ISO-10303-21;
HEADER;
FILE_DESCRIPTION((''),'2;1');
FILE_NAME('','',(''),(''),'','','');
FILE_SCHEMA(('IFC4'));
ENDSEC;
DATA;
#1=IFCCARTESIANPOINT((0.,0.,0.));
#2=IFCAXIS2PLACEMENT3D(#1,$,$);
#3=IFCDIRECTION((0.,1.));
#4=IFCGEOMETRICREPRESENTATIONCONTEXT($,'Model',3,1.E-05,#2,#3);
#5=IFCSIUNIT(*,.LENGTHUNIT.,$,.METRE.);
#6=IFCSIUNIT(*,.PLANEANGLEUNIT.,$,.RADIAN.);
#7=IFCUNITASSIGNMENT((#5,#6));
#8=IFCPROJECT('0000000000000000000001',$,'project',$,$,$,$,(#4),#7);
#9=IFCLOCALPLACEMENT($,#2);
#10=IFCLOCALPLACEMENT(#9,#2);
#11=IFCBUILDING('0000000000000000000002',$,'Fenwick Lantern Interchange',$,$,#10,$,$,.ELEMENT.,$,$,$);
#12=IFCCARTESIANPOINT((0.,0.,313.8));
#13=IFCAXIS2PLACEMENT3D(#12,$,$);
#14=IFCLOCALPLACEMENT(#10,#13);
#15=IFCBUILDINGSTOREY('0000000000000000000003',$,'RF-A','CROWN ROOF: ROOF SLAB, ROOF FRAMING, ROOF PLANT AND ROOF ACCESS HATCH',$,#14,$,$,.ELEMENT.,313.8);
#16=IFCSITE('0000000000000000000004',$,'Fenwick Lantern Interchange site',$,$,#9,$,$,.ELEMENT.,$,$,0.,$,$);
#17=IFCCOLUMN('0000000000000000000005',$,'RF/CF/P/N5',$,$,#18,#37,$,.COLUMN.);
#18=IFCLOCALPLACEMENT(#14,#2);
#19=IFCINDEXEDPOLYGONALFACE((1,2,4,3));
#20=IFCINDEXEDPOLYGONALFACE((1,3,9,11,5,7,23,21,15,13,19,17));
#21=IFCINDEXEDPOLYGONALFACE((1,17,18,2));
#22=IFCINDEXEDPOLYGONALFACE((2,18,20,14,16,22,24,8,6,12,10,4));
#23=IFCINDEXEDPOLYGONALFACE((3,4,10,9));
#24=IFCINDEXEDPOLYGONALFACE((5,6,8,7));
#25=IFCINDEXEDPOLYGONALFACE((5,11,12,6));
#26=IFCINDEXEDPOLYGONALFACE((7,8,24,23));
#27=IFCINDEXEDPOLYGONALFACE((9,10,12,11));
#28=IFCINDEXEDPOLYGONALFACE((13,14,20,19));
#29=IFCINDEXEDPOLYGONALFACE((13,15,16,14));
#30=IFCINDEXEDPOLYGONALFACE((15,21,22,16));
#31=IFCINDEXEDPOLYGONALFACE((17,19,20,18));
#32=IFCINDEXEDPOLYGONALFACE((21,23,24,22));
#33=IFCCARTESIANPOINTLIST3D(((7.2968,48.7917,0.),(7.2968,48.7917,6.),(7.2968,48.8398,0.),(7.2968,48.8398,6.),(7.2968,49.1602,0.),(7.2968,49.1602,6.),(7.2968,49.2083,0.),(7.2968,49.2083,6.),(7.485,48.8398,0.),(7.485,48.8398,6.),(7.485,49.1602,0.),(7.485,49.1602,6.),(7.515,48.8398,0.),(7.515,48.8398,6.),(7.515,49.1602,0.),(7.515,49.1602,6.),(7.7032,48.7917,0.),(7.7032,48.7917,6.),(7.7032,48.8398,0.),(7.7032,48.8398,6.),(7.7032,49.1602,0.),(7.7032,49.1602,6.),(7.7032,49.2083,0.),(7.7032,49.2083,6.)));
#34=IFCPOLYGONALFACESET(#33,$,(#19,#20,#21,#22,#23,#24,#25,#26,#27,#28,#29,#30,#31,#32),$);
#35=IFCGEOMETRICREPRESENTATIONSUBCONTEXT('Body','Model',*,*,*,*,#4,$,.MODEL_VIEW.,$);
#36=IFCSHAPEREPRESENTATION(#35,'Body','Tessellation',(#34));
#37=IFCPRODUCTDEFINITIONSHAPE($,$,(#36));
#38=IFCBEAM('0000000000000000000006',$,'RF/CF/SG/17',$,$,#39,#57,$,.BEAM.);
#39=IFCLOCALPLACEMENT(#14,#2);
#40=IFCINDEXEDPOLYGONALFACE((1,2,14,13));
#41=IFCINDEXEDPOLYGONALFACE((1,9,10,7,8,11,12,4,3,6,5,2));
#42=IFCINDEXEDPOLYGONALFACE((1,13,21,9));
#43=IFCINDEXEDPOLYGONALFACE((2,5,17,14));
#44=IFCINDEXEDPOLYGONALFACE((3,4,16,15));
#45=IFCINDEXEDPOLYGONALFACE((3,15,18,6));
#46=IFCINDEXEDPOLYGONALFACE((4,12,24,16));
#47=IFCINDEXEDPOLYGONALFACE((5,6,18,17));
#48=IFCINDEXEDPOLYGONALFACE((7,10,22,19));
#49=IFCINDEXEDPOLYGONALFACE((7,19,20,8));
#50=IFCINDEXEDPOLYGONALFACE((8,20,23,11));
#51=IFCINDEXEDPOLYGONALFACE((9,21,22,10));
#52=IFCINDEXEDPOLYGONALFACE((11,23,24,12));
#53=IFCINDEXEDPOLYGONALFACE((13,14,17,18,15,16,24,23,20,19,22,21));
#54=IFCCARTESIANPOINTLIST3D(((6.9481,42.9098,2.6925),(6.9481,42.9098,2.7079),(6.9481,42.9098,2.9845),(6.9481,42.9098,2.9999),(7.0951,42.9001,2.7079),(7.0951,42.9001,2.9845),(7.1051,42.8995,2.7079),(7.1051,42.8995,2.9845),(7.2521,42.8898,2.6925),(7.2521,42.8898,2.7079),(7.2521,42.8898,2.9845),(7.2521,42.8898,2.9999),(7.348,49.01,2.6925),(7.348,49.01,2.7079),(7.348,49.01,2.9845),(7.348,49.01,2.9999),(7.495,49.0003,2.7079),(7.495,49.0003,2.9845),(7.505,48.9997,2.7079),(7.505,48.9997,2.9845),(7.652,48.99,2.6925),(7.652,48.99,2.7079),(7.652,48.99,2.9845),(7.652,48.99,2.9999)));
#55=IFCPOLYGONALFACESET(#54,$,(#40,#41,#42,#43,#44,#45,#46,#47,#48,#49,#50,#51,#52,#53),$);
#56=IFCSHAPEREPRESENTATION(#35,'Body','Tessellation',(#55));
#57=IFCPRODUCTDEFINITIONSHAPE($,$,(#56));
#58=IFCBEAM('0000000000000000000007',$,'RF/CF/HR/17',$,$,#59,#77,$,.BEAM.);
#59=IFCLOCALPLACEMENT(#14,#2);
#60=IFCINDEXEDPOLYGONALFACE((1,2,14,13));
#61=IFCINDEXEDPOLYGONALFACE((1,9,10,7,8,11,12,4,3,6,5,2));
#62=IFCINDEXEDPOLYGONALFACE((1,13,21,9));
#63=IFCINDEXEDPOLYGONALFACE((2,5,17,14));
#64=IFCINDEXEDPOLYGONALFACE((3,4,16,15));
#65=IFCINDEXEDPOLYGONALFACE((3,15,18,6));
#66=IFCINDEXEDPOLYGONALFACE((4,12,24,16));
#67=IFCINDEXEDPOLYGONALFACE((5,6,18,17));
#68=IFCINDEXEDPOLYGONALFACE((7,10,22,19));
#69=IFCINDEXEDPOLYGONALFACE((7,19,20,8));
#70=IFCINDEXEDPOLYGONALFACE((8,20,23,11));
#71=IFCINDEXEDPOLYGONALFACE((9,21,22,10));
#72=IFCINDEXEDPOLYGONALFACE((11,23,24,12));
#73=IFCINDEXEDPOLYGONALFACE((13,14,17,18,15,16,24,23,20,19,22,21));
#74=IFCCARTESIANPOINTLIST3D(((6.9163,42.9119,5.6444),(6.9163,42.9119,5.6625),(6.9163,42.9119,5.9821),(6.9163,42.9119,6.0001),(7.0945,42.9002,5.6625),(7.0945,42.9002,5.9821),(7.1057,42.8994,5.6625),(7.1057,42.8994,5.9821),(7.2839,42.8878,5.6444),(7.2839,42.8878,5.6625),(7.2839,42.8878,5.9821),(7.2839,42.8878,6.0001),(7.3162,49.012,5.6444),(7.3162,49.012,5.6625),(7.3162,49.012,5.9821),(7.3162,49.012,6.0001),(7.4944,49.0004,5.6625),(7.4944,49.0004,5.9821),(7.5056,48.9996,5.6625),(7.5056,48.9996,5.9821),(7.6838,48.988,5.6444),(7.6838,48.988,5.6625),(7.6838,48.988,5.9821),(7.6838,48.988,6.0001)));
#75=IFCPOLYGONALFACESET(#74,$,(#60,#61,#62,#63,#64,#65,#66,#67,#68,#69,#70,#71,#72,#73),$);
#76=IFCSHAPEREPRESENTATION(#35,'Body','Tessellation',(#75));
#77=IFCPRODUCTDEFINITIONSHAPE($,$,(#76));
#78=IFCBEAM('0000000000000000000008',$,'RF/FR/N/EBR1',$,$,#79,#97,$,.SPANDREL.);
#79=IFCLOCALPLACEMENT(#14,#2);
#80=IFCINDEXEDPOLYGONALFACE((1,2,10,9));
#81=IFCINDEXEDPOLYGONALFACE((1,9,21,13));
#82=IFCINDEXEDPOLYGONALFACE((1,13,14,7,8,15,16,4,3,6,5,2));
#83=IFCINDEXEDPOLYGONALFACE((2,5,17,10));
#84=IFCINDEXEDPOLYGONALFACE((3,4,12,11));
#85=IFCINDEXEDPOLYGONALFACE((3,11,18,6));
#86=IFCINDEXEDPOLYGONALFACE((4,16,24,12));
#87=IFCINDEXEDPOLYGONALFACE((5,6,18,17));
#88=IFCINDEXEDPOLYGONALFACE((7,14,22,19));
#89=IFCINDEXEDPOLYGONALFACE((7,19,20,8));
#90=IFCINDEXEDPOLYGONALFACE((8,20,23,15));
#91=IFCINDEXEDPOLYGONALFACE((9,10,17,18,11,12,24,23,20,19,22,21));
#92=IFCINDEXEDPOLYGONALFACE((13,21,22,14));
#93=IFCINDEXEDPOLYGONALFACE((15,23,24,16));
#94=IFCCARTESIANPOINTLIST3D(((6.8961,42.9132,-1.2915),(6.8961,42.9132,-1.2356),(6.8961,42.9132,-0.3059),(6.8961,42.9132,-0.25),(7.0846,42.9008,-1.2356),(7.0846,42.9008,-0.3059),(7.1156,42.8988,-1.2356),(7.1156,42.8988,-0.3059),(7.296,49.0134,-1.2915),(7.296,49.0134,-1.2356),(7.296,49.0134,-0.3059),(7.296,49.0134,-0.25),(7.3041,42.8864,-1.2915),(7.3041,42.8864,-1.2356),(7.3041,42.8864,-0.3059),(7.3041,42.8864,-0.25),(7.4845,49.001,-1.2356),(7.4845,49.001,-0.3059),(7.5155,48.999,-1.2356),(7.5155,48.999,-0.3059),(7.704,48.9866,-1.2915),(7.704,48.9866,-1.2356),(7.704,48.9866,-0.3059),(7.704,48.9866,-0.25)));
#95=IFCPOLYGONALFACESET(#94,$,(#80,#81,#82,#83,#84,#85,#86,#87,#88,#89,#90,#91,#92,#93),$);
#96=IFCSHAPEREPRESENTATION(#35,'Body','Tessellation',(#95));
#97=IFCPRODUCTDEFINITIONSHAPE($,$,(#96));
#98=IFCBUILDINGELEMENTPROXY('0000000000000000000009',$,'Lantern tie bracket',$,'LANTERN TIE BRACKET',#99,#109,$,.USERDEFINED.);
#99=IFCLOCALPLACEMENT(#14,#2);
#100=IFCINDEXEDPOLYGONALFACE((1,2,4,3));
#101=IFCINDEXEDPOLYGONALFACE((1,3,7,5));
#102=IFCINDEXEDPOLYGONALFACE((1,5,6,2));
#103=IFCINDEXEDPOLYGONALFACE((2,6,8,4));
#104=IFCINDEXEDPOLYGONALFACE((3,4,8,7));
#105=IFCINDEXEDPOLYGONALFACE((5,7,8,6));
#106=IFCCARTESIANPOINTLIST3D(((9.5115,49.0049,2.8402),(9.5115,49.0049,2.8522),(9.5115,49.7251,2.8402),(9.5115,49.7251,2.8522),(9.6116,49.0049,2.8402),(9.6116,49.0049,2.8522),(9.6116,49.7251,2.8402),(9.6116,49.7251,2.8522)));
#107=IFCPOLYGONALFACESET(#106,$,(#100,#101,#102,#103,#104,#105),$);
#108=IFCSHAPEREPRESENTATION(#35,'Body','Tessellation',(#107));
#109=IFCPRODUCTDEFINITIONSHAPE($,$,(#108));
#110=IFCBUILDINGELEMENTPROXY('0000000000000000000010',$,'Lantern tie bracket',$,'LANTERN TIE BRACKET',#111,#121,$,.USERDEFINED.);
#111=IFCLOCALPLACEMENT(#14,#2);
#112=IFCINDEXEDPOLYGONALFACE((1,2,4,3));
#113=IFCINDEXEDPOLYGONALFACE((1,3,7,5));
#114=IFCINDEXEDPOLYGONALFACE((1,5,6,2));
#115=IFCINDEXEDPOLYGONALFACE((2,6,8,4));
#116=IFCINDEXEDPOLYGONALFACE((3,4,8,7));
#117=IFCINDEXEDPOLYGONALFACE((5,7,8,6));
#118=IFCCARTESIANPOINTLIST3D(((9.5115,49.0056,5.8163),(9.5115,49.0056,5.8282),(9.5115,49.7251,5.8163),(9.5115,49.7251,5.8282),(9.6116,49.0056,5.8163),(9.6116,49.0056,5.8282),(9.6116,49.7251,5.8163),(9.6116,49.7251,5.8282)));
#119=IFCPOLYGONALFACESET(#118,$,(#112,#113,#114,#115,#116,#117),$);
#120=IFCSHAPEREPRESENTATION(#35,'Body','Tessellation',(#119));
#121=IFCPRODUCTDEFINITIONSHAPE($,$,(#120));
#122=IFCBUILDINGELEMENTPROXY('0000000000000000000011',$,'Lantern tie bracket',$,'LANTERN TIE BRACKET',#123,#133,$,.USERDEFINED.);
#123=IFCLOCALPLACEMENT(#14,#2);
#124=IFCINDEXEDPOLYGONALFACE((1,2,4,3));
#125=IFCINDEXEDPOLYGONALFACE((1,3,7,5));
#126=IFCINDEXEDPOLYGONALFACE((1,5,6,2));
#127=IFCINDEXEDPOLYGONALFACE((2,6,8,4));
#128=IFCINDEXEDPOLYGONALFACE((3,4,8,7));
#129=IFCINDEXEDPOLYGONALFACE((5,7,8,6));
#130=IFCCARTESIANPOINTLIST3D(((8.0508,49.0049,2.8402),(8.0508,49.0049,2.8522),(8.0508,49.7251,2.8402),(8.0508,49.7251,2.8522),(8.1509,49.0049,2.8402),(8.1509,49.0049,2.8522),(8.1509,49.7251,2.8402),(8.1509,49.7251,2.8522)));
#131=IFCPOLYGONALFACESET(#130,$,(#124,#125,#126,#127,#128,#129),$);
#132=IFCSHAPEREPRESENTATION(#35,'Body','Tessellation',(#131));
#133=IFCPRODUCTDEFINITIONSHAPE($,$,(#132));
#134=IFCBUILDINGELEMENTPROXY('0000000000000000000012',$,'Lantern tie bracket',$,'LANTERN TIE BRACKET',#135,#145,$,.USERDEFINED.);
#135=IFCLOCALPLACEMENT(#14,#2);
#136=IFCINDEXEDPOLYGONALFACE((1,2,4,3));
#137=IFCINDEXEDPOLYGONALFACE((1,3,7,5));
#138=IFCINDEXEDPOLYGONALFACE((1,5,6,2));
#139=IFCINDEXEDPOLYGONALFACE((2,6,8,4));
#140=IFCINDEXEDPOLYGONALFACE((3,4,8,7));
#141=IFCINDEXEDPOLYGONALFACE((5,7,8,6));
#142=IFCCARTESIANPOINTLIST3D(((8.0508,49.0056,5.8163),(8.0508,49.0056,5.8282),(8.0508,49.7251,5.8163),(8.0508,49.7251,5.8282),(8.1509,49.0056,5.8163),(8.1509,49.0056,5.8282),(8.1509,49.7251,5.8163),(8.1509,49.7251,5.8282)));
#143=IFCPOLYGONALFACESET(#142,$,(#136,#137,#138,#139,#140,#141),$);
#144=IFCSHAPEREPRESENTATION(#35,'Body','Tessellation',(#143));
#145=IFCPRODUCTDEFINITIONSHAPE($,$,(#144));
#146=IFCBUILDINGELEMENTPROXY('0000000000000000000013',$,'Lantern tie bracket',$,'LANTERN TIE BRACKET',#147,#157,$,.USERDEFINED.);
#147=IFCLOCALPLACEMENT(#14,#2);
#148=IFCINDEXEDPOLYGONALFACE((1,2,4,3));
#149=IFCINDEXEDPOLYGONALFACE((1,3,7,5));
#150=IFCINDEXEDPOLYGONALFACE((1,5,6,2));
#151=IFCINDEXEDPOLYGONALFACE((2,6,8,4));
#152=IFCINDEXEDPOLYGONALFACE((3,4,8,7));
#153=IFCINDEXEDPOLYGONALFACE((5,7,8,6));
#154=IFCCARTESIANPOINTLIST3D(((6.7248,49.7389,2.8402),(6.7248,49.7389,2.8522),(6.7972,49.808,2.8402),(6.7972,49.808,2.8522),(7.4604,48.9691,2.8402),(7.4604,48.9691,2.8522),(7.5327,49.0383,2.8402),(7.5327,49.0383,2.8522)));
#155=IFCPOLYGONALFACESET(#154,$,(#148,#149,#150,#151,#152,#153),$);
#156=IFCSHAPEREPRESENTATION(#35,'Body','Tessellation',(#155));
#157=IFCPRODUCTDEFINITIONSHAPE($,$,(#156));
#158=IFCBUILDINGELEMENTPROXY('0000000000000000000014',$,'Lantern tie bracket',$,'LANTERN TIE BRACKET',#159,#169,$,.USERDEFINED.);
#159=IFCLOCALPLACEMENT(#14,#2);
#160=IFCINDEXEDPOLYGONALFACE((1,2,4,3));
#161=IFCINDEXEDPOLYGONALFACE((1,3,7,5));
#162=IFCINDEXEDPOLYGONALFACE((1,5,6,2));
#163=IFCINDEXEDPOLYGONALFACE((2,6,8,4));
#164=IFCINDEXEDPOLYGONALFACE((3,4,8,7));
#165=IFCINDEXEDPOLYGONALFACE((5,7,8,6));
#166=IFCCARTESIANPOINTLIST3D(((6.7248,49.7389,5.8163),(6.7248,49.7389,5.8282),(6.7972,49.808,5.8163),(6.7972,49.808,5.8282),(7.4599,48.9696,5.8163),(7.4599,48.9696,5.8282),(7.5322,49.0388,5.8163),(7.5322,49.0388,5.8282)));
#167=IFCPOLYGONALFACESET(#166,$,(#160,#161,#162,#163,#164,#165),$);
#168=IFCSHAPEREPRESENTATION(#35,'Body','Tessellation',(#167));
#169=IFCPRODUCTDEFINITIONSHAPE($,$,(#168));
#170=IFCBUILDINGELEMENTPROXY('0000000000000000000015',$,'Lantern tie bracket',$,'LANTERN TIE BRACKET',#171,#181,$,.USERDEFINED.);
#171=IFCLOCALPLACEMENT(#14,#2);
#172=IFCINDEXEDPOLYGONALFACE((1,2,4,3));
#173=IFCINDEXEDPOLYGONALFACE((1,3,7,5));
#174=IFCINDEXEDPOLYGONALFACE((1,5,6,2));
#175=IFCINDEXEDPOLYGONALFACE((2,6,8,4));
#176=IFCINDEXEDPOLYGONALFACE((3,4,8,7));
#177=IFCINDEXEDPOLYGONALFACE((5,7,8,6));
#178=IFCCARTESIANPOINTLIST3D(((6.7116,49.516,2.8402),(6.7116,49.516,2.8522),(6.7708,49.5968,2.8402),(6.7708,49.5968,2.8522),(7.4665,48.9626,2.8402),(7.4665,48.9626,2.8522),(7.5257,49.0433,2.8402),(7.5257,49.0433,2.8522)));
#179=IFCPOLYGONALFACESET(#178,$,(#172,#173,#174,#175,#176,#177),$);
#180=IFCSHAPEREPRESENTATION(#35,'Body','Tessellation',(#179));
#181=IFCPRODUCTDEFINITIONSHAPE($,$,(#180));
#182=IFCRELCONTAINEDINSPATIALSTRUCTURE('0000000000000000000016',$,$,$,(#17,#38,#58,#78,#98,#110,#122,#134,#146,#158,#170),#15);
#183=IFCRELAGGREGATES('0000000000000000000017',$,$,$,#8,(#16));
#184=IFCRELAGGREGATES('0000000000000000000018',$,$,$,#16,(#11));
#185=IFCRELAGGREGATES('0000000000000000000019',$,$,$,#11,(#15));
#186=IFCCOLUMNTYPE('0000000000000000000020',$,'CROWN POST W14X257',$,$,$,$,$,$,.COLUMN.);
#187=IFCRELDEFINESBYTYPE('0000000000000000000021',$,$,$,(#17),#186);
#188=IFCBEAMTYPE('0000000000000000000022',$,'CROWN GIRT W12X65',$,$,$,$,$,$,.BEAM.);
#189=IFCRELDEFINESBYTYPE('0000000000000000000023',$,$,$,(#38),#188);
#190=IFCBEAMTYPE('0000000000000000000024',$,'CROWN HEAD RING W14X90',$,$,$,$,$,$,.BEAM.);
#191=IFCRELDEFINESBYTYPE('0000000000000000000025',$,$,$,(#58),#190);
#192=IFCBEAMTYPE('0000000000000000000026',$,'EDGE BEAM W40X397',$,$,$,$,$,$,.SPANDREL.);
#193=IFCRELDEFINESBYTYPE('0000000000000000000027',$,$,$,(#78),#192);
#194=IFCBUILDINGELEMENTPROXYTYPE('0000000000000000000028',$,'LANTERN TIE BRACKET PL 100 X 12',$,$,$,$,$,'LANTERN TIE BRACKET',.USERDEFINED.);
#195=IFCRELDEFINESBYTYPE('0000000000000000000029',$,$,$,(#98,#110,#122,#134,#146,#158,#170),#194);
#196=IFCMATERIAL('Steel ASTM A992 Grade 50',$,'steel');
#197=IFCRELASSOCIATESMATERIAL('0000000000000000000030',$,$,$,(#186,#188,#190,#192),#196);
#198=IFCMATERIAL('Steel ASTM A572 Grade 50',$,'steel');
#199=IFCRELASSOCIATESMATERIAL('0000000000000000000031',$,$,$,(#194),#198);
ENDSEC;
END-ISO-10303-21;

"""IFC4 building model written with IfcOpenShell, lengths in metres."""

from ifc_helpers import new_model, si_unit, direction, frame, origin, origin_2d, place, context, subcontext, project, spatial, rectangle, i_section, extrude, material, material_profile, profile_set, type_object, element, save


model = new_model("IFC4")

# Units and contexts
model_context = context("Model", 3, precision=1e-05, world=origin(), true_north=direction((0.0, 1.0)))
body_context = subcontext(model_context, "Body", "Model", "MODEL_VIEW")
ifc_project = project(units=[si_unit("LENGTHUNIT", "METRE"), si_unit("PLANEANGLEUNIT", "RADIAN")], contexts=[model_context])

# Site, building, storey
site_placement = place(None, origin())
site = spatial("IfcSite", under=ifc_project, at=site_placement, Name="Fenwick Lantern Interchange site", CompositionType="ELEMENT", RefElevation=0.0)
building_placement = place(site_placement, origin())
building = spatial("IfcBuilding", under=site, at=building_placement, Name="Fenwick Lantern Interchange", CompositionType="ELEMENT")
storey_placement = place(building_placement, frame((0.0, 0.0, 313.8)))
storey = spatial("IfcBuildingStorey", under=building, at=storey_placement, Name="RF-A", Description="CROWN ROOF: ROOF SLAB, ROOF FRAMING, ROOF PLANT AND ROOF ACCESS HATCH", CompositionType="ELEMENT", Elevation=313.8)

# Column
ifc_material_1 = material(Name="Steel ASTM A992 Grade 50", Category="steel")
ifc_material_profile_1 = material_profile(ifc_material_1, i_section(OverallWidth=0.4065, OverallDepth=0.4165, WebThickness=0.03, FlangeThickness=0.0481, at=origin_2d()), Name="W14X257")
ifc_profile_set_1 = profile_set([ifc_material_profile_1], Name="Steel ASTM A992 Grade 50")
column_type = type_object("IfcColumnType", Name="CROWN POST W14X257", PredefinedType="COLUMN", material=ifc_profile_set_1)
column_placement = place(storey_placement, frame((7.5, 49.0, 0.0), z_axis=(0.0, 0.0, 1.0), x_axis=(1.0, 0.0, 0.0)))
element("IfcColumn", 1, at=column_placement, inside=storey, type_object=column_type, Name="RF/CF/P/N5", PredefinedType="COLUMN", context=body_context, shape_type="SweptSolid", body=[
    extrude(i_section(OverallWidth=0.4065, OverallDepth=0.4165, WebThickness=0.03, FlangeThickness=0.0481, at=origin_2d()), origin(), (0.0, 0.0, 1.0), 6.0),
])

# Beams
ifc_material_profile_2 = material_profile(ifc_material_1, i_section(OverallWidth=0.3047, OverallDepth=0.3074, WebThickness=0.01, FlangeThickness=0.0154, at=origin_2d()), Name="W12X65")
ifc_profile_set_2 = profile_set([ifc_material_profile_2], Name="Steel ASTM A992 Grade 50")
beam_type_1 = type_object("IfcBeamType", Name="CROWN GIRT W12X65", PredefinedType="BEAM", material=ifc_profile_set_2)
beam_1_placement = place(storey_placement, frame((7.5, 49.0, 2.8462), z_axis=(-0.065416, -0.997858, 0.0), x_axis=(0.997858, -0.065416, 0.0)))
element("IfcBeam", 2, at=beam_1_placement, inside=storey, type_object=beam_type_1, Name="RF/CF/SG/17", PredefinedType="BEAM", context=body_context, shape_type="SweptSolid", body=[
    extrude(i_section(OverallWidth=0.3047, OverallDepth=0.3074, WebThickness=0.01, FlangeThickness=0.0154, at=origin_2d()), origin(), (0.0, 0.0, 1.0), 6.1133),
])
ifc_material_profile_3 = material_profile(ifc_material_1, i_section(OverallWidth=0.3684, OverallDepth=0.3557, WebThickness=0.0112, FlangeThickness=0.0181, at=origin_2d()), Name="W14X90")
ifc_profile_set_3 = profile_set([ifc_material_profile_3], Name="Steel ASTM A992 Grade 50")
beam_type_2 = type_object("IfcBeamType", Name="CROWN HEAD RING W14X90", PredefinedType="BEAM", material=ifc_profile_set_3)
beam_2_placement = place(storey_placement, frame((7.5, 49.0, 5.8223), z_axis=(-0.065416, -0.997858, 0.0), x_axis=(0.997858, -0.065416, 0.0)))
element("IfcBeam", 3, at=beam_2_placement, inside=storey, type_object=beam_type_2, Name="RF/CF/HR/17", PredefinedType="BEAM", context=body_context, shape_type="SweptSolid", body=[
    extrude(i_section(OverallWidth=0.3684, OverallDepth=0.3557, WebThickness=0.0112, FlangeThickness=0.0181, at=origin_2d()), origin(), (0.0, 0.0, 1.0), 6.1133),
])
ifc_material_profile_4 = material_profile(ifc_material_1, i_section(OverallWidth=0.4089, OverallDepth=1.0415, WebThickness=0.031, FlangeThickness=0.0559, at=origin_2d()), Name="W40X397")
ifc_profile_set_4 = profile_set([ifc_material_profile_4], Name="Steel ASTM A992 Grade 50")
beam_type_3 = type_object("IfcBeamType", Name="EDGE BEAM W40X397", PredefinedType="SPANDREL", material=ifc_profile_set_4)
beam_3_placement = place(storey_placement, frame((7.5, 49.0, -0.7708), z_axis=(-0.065416, -0.997858, 0.0), x_axis=(0.997858, -0.065416, 0.0)))
element("IfcBeam", 4, at=beam_3_placement, inside=storey, type_object=beam_type_3, Name="RF/FR/N/EBR1", PredefinedType="SPANDREL", context=body_context, shape_type="SweptSolid", body=[
    extrude(i_section(OverallWidth=0.4089, OverallDepth=1.0415, WebThickness=0.031, FlangeThickness=0.0559, at=origin_2d()), origin(), (0.0, 0.0, 1.0), 6.1133),
])

# Building element proxies
ifc_material_2 = material(Name="Steel ASTM A572 Grade 50", Category="steel")
ifc_material_profile_5 = material_profile(ifc_material_2, rectangle(XDim=0.1001, YDim=0.012, at=origin_2d()), Name="PL100X12")
ifc_profile_set_5 = profile_set([ifc_material_profile_5], Name="Steel ASTM A572 Grade 50")
building_element_proxy_type = type_object("IfcBuildingElementProxyType", Name="LANTERN TIE BRACKET PL 100 X 12", ElementType="LANTERN TIE BRACKET", PredefinedType="USERDEFINED", material=ifc_profile_set_5)
proxy_1_placement = place(storey_placement, frame((9.5615, 49.7251, 2.8462), z_axis=(0.0, -1.0, 0.0), x_axis=(1.0, 0.0, 0.0)))
element("IfcBuildingElementProxy", 5, at=proxy_1_placement, inside=storey, type_object=building_element_proxy_type, Name="Lantern tie bracket", ObjectType="LANTERN TIE BRACKET", PredefinedType="USERDEFINED", context=body_context, shape_type="SweptSolid", body=[
    extrude(rectangle(XDim=0.1001, YDim=0.012, at=origin_2d()), origin(), (0.0, 0.0, 1.0), 0.7202),
])
proxy_2_placement = place(storey_placement, frame((9.5615, 49.7251, 5.8223), z_axis=(0.0, -1.0, 0.0), x_axis=(1.0, 0.0, 0.0)))
element("IfcBuildingElementProxy", 6, at=proxy_2_placement, inside=storey, type_object=building_element_proxy_type, Name="Lantern tie bracket", ObjectType="LANTERN TIE BRACKET", PredefinedType="USERDEFINED", context=body_context, shape_type="SweptSolid", body=[
    extrude(rectangle(XDim=0.1001, YDim=0.012, at=origin_2d()), origin(), (0.0, 0.0, 1.0), 0.7195),
])
proxy_3_placement = place(storey_placement, frame((8.1008, 49.7251, 2.8462), z_axis=(0.0, -1.0, 0.0), x_axis=(1.0, 0.0, 0.0)))
element("IfcBuildingElementProxy", 7, at=proxy_3_placement, inside=storey, type_object=building_element_proxy_type, Name="Lantern tie bracket", ObjectType="LANTERN TIE BRACKET", PredefinedType="USERDEFINED", context=body_context, shape_type="SweptSolid", body=[
    extrude(rectangle(XDim=0.1001, YDim=0.012, at=origin_2d()), origin(), (0.0, 0.0, 1.0), 0.7202),
])
proxy_4_placement = place(storey_placement, frame((8.1008, 49.7251, 5.8223), z_axis=(0.0, -1.0, 0.0), x_axis=(1.0, 0.0, 0.0)))
element("IfcBuildingElementProxy", 8, at=proxy_4_placement, inside=storey, type_object=building_element_proxy_type, Name="Lantern tie bracket", ObjectType="LANTERN TIE BRACKET", PredefinedType="USERDEFINED", context=body_context, shape_type="SweptSolid", body=[
    extrude(rectangle(XDim=0.1001, YDim=0.012, at=origin_2d()), origin(), (0.0, 0.0, 1.0), 0.7195),
])
proxy_5_placement = place(storey_placement, frame((6.761, 49.7734, 2.8462), z_axis=(0.690874, -0.722975, 0.0), x_axis=(0.722975, 0.690874, 0.0)))
element("IfcBuildingElementProxy", 9, at=proxy_5_placement, inside=storey, type_object=building_element_proxy_type, Name="Lantern tie bracket", ObjectType="LANTERN TIE BRACKET", PredefinedType="USERDEFINED", context=body_context, shape_type="SweptSolid", body=[
    extrude(rectangle(XDim=0.1001, YDim=0.012, at=origin_2d()), origin(), (0.0, 0.0, 1.0), 1.0647),
])
proxy_6_placement = place(storey_placement, frame((6.761, 49.7734, 5.8223), z_axis=(0.690863, -0.722986, 0.0), x_axis=(0.722986, 0.690863, 0.0)))
element("IfcBuildingElementProxy", 10, at=proxy_6_placement, inside=storey, type_object=building_element_proxy_type, Name="Lantern tie bracket", ObjectType="LANTERN TIE BRACKET", PredefinedType="USERDEFINED", context=body_context, shape_type="SweptSolid", body=[
    extrude(rectangle(XDim=0.1001, YDim=0.012, at=origin_2d()), origin(), (0.0, 0.0, 1.0), 1.064),
])
proxy_7_placement = place(storey_placement, frame((6.7412, 49.5564, 2.8462), z_axis=(0.806463, -0.591285, 0.0), x_axis=(0.591285, 0.806463, 0.0)))
element("IfcBuildingElementProxy", 11, at=proxy_7_placement, inside=storey, type_object=building_element_proxy_type, Name="Lantern tie bracket", ObjectType="LANTERN TIE BRACKET", PredefinedType="USERDEFINED", context=body_context, shape_type="SweptSolid", body=[
    extrude(rectangle(XDim=0.1001, YDim=0.012, at=origin_2d()), origin(), (0.0, 0.0, 1.0), 0.936),
])

save(model, "model.ifc")
